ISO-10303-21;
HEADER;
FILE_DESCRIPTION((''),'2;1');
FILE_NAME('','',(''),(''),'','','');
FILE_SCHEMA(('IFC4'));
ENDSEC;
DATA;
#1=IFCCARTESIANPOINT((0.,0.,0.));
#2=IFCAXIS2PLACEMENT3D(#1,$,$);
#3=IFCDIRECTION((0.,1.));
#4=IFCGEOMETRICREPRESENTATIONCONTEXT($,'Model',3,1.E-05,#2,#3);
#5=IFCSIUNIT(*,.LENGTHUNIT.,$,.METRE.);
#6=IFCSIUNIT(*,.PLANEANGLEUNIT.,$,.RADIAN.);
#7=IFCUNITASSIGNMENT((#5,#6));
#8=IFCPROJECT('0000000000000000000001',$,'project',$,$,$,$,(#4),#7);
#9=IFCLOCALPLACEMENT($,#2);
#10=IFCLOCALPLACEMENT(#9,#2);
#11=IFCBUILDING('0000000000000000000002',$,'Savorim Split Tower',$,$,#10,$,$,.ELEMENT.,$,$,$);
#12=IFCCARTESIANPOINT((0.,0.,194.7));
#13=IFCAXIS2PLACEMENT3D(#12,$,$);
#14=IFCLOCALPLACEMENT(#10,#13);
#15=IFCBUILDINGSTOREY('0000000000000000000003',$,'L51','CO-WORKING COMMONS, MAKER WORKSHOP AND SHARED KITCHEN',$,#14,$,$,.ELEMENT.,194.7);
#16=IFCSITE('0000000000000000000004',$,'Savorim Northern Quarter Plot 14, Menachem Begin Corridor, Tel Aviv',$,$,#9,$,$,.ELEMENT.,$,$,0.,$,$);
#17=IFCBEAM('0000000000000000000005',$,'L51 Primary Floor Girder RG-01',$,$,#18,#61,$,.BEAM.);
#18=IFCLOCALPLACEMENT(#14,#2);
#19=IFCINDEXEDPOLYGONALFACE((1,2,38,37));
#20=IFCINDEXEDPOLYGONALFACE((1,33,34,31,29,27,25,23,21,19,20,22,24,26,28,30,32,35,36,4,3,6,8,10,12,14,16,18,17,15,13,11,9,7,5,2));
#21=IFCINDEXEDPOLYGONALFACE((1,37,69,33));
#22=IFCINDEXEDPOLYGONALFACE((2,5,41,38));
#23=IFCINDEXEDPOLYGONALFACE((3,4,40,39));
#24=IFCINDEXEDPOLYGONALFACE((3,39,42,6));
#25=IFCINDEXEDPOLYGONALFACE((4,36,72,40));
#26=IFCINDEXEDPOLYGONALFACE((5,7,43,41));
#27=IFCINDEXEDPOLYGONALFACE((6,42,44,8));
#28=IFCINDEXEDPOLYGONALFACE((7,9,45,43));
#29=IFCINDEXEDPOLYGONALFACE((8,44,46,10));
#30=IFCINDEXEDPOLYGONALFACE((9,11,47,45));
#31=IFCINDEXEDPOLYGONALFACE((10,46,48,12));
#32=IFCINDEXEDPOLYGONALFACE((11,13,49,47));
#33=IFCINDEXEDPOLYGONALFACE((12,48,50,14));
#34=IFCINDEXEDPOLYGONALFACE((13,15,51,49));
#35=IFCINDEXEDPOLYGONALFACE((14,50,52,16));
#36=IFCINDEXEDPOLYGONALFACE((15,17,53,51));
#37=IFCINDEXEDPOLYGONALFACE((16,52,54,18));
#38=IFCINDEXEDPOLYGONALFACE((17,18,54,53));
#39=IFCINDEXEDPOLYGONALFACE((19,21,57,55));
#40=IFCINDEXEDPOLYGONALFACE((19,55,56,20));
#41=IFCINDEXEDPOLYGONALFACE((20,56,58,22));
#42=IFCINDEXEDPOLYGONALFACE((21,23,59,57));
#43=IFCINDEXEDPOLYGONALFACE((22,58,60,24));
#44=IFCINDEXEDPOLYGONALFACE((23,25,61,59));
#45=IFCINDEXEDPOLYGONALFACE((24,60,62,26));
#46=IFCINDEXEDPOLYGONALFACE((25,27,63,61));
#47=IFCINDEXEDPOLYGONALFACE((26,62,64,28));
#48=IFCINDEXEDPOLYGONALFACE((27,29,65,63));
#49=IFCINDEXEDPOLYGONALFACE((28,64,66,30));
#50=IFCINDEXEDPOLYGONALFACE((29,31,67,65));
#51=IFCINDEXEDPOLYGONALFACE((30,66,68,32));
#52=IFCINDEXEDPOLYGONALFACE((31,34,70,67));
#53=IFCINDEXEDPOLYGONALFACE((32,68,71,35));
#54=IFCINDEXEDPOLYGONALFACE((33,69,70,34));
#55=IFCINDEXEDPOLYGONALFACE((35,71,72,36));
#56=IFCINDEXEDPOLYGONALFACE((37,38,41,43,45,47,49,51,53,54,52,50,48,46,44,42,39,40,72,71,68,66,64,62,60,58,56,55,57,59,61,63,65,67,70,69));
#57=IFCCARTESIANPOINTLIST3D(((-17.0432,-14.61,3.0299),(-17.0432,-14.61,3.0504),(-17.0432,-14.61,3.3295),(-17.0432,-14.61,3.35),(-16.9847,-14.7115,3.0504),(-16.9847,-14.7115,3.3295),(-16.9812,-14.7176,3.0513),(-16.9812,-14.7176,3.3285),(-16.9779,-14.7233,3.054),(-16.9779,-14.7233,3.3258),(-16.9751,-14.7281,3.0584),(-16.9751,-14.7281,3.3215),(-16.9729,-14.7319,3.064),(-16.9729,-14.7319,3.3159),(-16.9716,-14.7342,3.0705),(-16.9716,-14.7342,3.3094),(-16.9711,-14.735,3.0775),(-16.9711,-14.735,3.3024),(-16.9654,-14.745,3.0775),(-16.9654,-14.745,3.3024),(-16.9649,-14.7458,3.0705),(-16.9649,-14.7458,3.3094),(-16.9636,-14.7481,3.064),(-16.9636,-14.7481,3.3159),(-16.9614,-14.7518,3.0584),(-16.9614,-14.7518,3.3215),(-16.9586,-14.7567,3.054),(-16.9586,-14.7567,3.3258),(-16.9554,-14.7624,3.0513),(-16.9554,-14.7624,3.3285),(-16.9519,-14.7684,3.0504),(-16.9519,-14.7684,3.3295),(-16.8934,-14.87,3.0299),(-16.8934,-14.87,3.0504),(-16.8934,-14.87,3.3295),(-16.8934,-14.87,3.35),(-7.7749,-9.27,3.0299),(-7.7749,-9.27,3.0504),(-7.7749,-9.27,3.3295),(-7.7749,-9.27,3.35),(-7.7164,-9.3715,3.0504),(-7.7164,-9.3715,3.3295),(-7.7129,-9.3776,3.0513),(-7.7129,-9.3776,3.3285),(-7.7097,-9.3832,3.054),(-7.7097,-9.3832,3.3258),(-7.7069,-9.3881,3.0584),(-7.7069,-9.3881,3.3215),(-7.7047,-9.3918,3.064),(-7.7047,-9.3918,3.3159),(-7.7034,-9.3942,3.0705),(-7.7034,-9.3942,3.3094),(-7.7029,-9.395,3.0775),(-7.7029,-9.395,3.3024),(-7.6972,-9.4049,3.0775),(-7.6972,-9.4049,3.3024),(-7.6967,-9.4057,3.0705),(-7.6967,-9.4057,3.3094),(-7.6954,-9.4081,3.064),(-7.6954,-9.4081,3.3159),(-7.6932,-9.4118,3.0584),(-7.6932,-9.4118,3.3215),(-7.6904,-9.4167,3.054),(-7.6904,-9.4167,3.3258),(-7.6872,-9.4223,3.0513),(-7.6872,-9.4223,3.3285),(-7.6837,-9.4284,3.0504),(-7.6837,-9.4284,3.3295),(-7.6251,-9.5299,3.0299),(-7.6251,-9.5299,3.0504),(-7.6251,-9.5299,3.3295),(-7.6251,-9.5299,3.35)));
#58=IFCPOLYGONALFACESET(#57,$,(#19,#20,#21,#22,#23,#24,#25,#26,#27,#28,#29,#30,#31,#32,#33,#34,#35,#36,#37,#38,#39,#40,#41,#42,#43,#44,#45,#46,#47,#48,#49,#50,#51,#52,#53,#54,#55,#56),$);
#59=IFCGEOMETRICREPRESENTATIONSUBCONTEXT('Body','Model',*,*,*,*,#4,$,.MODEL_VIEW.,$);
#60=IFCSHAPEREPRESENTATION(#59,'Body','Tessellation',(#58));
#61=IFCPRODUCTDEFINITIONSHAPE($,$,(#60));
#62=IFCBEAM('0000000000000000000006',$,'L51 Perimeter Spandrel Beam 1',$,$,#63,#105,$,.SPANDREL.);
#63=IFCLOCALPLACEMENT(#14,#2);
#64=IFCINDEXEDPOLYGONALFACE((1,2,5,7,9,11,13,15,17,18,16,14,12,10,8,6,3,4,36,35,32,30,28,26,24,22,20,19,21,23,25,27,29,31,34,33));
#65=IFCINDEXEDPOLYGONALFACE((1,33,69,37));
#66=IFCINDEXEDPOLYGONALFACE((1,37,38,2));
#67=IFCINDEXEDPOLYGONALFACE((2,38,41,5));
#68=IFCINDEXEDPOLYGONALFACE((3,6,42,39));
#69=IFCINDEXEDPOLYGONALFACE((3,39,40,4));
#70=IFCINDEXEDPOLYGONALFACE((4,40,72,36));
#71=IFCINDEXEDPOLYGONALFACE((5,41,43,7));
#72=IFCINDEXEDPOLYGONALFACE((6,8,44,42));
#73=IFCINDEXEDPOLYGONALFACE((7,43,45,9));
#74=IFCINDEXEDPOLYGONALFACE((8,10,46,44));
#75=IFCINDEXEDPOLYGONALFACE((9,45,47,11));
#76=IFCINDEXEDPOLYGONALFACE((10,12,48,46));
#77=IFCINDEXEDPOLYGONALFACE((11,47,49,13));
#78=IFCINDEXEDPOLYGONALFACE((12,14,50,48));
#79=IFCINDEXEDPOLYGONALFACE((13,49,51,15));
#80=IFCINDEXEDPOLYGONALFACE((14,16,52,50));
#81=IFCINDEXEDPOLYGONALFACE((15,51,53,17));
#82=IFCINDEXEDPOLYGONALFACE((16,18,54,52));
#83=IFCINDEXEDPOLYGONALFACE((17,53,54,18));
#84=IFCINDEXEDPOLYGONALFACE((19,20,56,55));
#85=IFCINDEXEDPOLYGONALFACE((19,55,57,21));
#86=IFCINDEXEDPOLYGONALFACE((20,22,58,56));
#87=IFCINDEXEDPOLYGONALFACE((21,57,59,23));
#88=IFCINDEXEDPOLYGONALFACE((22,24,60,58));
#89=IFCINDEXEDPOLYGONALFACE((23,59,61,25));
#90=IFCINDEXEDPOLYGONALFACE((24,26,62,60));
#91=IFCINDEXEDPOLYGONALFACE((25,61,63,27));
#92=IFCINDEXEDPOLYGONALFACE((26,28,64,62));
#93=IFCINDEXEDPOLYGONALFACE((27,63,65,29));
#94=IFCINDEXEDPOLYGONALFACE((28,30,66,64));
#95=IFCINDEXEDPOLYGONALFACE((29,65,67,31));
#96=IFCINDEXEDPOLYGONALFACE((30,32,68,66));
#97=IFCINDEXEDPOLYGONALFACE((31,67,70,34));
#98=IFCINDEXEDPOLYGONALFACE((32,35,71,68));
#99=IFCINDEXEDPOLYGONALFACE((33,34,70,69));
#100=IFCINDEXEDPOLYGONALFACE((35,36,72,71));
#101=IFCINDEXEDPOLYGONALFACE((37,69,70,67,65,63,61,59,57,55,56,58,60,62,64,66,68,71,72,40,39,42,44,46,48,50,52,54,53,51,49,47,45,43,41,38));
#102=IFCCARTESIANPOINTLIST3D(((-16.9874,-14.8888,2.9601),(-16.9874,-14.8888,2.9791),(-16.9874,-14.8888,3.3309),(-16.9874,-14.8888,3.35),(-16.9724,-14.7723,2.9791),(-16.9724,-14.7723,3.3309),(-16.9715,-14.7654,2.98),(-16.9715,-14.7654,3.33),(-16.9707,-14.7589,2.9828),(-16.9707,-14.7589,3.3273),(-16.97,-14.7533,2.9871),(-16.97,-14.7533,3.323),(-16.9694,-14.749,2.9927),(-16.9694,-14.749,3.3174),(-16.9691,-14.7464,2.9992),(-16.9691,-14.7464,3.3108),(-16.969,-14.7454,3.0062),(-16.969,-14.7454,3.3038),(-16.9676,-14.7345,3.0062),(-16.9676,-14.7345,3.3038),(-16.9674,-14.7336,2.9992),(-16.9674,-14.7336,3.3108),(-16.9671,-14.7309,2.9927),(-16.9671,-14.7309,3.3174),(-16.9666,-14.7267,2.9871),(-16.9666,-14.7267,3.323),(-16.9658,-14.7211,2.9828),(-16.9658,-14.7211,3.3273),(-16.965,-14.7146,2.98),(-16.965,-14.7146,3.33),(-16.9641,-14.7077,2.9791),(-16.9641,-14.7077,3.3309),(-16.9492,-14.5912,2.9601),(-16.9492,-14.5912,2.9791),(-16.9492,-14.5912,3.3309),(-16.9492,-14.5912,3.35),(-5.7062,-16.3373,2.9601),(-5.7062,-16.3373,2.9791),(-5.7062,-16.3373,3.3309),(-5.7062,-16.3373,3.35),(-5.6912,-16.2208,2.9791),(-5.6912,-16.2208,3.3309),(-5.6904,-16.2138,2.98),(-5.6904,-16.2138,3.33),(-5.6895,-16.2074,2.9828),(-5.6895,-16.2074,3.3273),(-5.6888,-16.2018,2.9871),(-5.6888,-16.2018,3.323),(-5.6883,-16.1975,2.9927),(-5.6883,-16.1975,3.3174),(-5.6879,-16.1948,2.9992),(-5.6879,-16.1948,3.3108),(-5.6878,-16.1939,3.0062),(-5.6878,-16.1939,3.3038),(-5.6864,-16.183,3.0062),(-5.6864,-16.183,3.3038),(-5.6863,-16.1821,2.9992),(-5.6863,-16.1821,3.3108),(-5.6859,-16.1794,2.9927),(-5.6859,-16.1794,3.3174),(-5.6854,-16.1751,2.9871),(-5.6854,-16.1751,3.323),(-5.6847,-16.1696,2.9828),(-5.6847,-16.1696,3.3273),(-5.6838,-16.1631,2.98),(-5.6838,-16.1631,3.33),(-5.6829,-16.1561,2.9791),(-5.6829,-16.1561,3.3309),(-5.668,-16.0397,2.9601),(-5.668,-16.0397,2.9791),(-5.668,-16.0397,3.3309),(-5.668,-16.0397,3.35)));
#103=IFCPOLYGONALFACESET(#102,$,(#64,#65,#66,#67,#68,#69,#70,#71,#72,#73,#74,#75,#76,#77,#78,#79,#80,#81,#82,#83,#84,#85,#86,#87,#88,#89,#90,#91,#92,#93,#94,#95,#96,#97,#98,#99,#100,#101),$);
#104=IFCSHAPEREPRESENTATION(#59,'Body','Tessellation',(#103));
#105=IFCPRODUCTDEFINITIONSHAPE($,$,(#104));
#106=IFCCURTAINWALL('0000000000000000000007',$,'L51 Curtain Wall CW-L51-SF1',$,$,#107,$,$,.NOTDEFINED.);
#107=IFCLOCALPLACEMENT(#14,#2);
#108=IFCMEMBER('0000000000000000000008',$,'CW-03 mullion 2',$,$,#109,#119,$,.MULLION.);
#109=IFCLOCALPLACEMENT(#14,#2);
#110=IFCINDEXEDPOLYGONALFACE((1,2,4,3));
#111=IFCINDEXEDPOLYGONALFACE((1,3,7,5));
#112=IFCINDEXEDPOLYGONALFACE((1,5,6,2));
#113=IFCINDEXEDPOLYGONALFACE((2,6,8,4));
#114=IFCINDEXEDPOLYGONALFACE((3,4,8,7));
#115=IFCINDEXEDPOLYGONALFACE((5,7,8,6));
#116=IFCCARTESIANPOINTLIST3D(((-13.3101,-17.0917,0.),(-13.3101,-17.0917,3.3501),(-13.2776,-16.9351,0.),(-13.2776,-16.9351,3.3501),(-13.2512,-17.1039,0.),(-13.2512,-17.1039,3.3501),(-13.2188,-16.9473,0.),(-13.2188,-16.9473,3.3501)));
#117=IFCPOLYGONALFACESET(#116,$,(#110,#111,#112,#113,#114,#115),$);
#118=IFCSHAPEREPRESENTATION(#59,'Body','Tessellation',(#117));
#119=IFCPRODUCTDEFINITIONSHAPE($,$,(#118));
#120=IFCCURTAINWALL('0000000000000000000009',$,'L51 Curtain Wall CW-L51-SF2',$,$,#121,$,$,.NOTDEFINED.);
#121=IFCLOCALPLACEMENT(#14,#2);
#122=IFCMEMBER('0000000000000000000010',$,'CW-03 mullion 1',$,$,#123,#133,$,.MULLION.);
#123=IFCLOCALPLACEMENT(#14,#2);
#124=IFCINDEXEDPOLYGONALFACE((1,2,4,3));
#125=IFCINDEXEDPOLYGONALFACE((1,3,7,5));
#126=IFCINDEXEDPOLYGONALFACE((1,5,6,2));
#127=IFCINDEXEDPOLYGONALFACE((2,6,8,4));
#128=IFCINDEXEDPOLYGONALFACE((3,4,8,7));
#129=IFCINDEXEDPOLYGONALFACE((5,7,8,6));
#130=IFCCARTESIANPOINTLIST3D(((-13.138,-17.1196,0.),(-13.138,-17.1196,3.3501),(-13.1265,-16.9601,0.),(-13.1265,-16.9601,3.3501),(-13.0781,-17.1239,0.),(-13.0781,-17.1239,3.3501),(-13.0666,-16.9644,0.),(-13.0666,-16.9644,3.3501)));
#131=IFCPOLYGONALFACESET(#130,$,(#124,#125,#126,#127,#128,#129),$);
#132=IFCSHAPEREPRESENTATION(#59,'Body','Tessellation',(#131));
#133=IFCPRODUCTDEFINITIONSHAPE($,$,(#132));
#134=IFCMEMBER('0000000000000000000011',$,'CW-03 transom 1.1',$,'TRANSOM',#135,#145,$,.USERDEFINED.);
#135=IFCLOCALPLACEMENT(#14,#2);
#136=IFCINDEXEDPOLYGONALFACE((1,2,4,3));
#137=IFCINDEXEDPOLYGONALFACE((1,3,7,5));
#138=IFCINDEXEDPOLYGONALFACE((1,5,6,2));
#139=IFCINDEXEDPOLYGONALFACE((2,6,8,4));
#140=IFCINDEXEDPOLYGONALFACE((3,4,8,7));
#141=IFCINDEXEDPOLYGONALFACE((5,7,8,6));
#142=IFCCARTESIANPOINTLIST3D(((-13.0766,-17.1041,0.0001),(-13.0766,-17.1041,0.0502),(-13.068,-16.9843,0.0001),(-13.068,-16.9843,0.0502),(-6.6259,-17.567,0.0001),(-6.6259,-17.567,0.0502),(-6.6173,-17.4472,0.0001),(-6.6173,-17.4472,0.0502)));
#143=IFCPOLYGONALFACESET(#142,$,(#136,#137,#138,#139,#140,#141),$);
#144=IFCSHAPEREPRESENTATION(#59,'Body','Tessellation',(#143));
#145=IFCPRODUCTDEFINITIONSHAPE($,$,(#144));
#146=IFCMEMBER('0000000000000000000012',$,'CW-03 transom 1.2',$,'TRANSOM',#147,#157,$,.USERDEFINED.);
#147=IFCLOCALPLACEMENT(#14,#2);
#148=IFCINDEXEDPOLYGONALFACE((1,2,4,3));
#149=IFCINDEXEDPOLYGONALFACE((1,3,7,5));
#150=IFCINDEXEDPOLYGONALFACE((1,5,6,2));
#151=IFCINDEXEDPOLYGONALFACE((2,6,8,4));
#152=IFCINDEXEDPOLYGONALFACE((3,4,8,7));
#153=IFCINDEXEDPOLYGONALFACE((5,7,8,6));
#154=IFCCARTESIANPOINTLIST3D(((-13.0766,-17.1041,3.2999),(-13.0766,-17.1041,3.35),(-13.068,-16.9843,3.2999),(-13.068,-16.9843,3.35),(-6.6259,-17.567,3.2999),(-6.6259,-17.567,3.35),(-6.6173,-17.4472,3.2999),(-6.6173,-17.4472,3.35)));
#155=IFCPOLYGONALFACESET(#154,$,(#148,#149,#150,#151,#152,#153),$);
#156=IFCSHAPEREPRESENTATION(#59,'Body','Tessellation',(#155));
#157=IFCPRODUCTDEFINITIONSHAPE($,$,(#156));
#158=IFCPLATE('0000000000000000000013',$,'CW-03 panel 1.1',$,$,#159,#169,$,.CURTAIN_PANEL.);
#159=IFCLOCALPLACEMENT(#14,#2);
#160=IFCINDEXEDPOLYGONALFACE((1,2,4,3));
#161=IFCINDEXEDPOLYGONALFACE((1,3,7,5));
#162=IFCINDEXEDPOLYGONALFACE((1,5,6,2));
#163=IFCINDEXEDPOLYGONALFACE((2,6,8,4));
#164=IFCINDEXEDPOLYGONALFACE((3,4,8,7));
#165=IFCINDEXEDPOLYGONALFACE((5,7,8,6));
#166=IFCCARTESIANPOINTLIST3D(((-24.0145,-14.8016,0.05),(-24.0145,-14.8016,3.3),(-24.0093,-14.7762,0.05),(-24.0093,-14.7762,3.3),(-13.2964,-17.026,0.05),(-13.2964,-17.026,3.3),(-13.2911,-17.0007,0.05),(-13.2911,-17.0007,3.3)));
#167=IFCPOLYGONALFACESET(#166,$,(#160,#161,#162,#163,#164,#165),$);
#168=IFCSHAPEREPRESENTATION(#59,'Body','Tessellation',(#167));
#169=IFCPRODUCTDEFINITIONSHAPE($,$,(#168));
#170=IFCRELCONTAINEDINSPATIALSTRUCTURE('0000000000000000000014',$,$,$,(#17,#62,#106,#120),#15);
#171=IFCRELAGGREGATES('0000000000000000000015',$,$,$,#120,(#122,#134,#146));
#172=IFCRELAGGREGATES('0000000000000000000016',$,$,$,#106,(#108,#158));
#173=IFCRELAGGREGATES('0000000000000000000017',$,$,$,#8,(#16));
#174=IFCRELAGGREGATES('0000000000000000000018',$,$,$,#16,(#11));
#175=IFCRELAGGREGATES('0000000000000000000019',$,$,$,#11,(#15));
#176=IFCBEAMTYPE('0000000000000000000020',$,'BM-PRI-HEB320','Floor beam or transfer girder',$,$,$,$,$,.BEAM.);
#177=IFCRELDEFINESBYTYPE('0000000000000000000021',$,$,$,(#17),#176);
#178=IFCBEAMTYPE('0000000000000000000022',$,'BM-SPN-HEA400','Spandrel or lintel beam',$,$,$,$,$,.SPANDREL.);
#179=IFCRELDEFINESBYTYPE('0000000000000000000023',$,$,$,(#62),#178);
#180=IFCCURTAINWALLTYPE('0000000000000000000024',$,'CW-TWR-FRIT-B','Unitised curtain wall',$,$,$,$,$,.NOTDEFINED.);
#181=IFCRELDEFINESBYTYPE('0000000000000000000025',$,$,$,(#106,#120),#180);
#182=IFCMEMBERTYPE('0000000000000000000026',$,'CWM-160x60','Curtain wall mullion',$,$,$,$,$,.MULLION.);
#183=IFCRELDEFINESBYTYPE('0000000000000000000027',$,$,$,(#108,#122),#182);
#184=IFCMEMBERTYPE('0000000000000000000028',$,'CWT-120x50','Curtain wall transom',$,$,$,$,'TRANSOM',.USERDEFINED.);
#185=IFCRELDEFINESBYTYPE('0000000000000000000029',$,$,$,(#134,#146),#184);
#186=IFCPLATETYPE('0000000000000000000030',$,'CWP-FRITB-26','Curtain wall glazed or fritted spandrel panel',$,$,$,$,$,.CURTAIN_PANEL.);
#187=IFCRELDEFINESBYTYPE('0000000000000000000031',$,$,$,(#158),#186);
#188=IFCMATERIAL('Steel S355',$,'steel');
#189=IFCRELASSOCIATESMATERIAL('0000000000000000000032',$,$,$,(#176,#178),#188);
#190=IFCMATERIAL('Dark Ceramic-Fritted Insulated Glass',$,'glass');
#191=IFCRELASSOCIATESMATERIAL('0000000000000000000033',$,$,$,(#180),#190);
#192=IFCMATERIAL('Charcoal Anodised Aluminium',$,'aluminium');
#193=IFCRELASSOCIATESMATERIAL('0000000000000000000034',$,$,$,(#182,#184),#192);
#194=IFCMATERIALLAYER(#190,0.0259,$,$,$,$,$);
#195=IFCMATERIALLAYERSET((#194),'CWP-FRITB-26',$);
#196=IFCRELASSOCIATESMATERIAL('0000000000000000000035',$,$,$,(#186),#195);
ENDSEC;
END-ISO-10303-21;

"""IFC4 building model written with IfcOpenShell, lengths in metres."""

from ifc_helpers import new_model, si_unit, direction, frame, origin, origin_2d, place, context, subcontext, project, spatial, rectangle, i_section, extrude, material, layer, layer_set, material_profile, profile_set, type_object, element, aggregate, save


model = new_model("IFC4")

# Units and contexts
model_context = context("Model", 3, precision=1e-05, world=origin(), true_north=direction((0.0, 1.0)))
body_context = subcontext(model_context, "Body", "Model", "MODEL_VIEW")
ifc_project = project(units=[si_unit("LENGTHUNIT", "METRE"), si_unit("PLANEANGLEUNIT", "RADIAN")], contexts=[model_context])

# Site, building, storey
site_placement = place(None, origin())
site = spatial("IfcSite", under=ifc_project, at=site_placement, Name="Savorim Northern Quarter Plot 14, Menachem Begin Corridor, Tel Aviv", CompositionType="ELEMENT", RefElevation=0.0)
building_placement = place(site_placement, origin())
building = spatial("IfcBuilding", under=site, at=building_placement, Name="Savorim Split Tower", CompositionType="ELEMENT")
storey_placement = place(building_placement, frame((0.0, 0.0, 194.7)))
storey = spatial("IfcBuildingStorey", under=building, at=storey_placement, Name="L51", Description="CO-WORKING COMMONS, MAKER WORKSHOP AND SHARED KITCHEN", CompositionType="ELEMENT", Elevation=194.7)

# Shared definitions
ifc_material_1 = material(Name="Steel S355", Category="steel")

# Beams
ifc_material_profile_1 = material_profile(ifc_material_1, i_section(OverallWidth=0.3, OverallDepth=0.3201, WebThickness=0.0115, FlangeThickness=0.0205, FilletRadius=0.0271, at=origin_2d()), Name="HEB 320")
ifc_profile_set_1 = profile_set([ifc_material_profile_1], Name="Steel S355")
beam_type_1 = type_object("IfcBeamType", Name="BM-PRI-HEB320", Description="Floor beam or transfer girder", PredefinedType="BEAM", material=ifc_profile_set_1)
beam_1_placement = place(storey_placement, frame((-16.9683, -14.74, 3.1899), z_axis=(0.866469, 0.49923, 0.0), x_axis=(-0.49923, 0.866469, 0.0)))
element("IfcBeam", 1, at=beam_1_placement, inside=storey, type_object=beam_type_1, Name="L51 Primary Floor Girder RG-01", PredefinedType="BEAM", context=body_context, shape_type="SweptSolid", body=[
    extrude(i_section(OverallWidth=0.3, OverallDepth=0.3201, WebThickness=0.0115, FlangeThickness=0.0205, FilletRadius=0.0271, at=origin_2d()), origin(), (0.0, 0.0, 1.0), 10.6965),
])
ifc_material_profile_2 = material_profile(ifc_material_1, i_section(OverallWidth=0.3, OverallDepth=0.3899, WebThickness=0.011, FlangeThickness=0.019, FilletRadius=0.0271, at=origin_2d()), Name="HEA 400")
ifc_profile_set_2 = profile_set([ifc_material_profile_2], Name="Steel S355")
beam_type_2 = type_object("IfcBeamType", Name="BM-SPN-HEA400", Description="Spandrel or lintel beam", PredefinedType="SPANDREL", material=ifc_profile_set_2)
beam_2_placement = place(storey_placement, frame((-16.9683, -14.74, 3.155), z_axis=(0.991858, -0.127352, 0.0), x_axis=(0.127352, 0.991858, 0.0)))
element("IfcBeam", 2, at=beam_2_placement, inside=storey, type_object=beam_type_2, Name="L51 Perimeter Spandrel Beam 1", PredefinedType="SPANDREL", context=body_context, shape_type="SweptSolid", body=[
    extrude(i_section(OverallWidth=0.3, OverallDepth=0.3899, WebThickness=0.011, FlangeThickness=0.019, FilletRadius=0.0271, at=origin_2d()), origin(), (0.0, 0.0, 1.0), 11.3738),
])

# Curtain wall, member
ifc_material_2 = material(Name="Dark Ceramic-Fritted Insulated Glass", Category="glass")
curtain_wall_type = type_object("IfcCurtainWallType", Name="CW-TWR-FRIT-B", Description="Unitised curtain wall", PredefinedType="NOTDEFINED", material=ifc_material_2)
curtain_wall_1_placement = place(storey_placement, origin())
curtain_wall_1 = element("IfcCurtainWall", 3, at=curtain_wall_1_placement, inside=storey, type_object=curtain_wall_type, Name="L51 Curtain Wall CW-L51-SF1", PredefinedType="NOTDEFINED")
ifc_material_3 = material(Name="Charcoal Anodised Aluminium", Category="aluminium")
ifc_material_profile_3 = material_profile(ifc_material_3, rectangle(XDim=0.1599, YDim=0.0601, at=origin_2d()), Name="ALU-M 160x60")
ifc_profile_set_3 = profile_set([ifc_material_profile_3], Name="Charcoal Anodised Aluminium")
member_type_1 = type_object("IfcMemberType", Name="CWM-160x60", Description="Curtain wall mullion", PredefinedType="MULLION", material=ifc_profile_set_3)
member_1_placement = place(storey_placement, frame((-13.2644, -17.0195, 0.0), z_axis=(0.0, 0.0, 1.0), x_axis=(0.203208, 0.979136, 0.0)))
member_1 = element("IfcMember", 4, at=member_1_placement, type_object=member_type_1, Name="CW-03 mullion 2", PredefinedType="MULLION", context=body_context, shape_type="SweptSolid", body=[
    extrude(rectangle(XDim=0.1599, YDim=0.0601, at=origin_2d()), origin(), (0.0, 0.0, 1.0), 3.3501),
])

# Curtain wall, members
curtain_wall_2_placement = place(storey_placement, origin())
curtain_wall_2 = element("IfcCurtainWall", 5, at=curtain_wall_2_placement, inside=storey, type_object=curtain_wall_type, Name="L51 Curtain Wall CW-L51-SF2", PredefinedType="NOTDEFINED")
member_2_placement = place(storey_placement, frame((-13.1023, -17.042, 0.0), z_axis=(0.0, 0.0, 1.0), x_axis=(0.071562, 0.997436, 0.0)))
member_2 = element("IfcMember", 6, at=member_2_placement, type_object=member_type_1, Name="CW-03 mullion 1", PredefinedType="MULLION", context=body_context, shape_type="SweptSolid", body=[
    extrude(rectangle(XDim=0.1599, YDim=0.0601, at=origin_2d()), origin(), (0.0, 0.0, 1.0), 3.3501),
])
ifc_material_profile_4 = material_profile(ifc_material_3, rectangle(XDim=0.1201, YDim=0.05, at=origin_2d()), Name="ALU-T 120x50")
ifc_profile_set_4 = profile_set([ifc_material_profile_4], Name="Charcoal Anodised Aluminium")
member_type_2 = type_object("IfcMemberType", Name="CWT-120x50", Description="Curtain wall transom", ElementType="TRANSOM", PredefinedType="USERDEFINED", material=ifc_profile_set_4)
member_3_placement = place(storey_placement, frame((-13.0723, -17.0442, 0.0251), z_axis=(0.997435, -0.071574, 0.0), x_axis=(0.071574, 0.997435, 0.0)))
member_3 = element("IfcMember", 7, at=member_3_placement, type_object=member_type_2, Name="CW-03 transom 1.1", ObjectType="TRANSOM", PredefinedType="USERDEFINED", context=body_context, shape_type="SweptSolid", body=[
    extrude(rectangle(XDim=0.1201, YDim=0.05, at=origin_2d()), origin(), (0.0, 0.0, 1.0), 6.4673),
])
member_4_placement = place(storey_placement, frame((-13.0723, -17.0442, 3.325), z_axis=(0.997435, -0.071574, 0.0), x_axis=(0.071574, 0.997435, 0.0)))
member_4 = element("IfcMember", 8, at=member_4_placement, type_object=member_type_2, Name="CW-03 transom 1.2", ObjectType="TRANSOM", PredefinedType="USERDEFINED", context=body_context, shape_type="SweptSolid", body=[
    extrude(rectangle(XDim=0.1201, YDim=0.05, at=origin_2d()), origin(), (0.0, 0.0, 1.0), 6.4673),
])
aggregate(curtain_wall_2, [member_2, member_3, member_4])

# Plate
ifc_layer_1 = layer(ifc_material_2, 0.0259)
ifc_layer_set_1 = layer_set([ifc_layer_1], Name="CWP-FRITB-26")
plate_type = type_object("IfcPlateType", Name="CWP-FRITB-26", Description="Curtain wall glazed or fritted spandrel panel", PredefinedType="CURTAIN_PANEL", material=ifc_layer_set_1)
plate_placement = place(storey_placement, frame((-18.6528, -15.9011, 0.05), z_axis=(0.0, 0.0, 1.0), x_axis=(0.979136, -0.203208, 0.0)))
plate = element("IfcPlate", 9, at=plate_placement, type_object=plate_type, Name="CW-03 panel 1.1", PredefinedType="CURTAIN_PANEL", context=body_context, shape_type="SweptSolid", body=[
    extrude(rectangle(XDim=10.9465, YDim=0.0259, at=origin_2d()), origin(), (0.0, 0.0, 1.0), 3.25),
])
aggregate(curtain_wall_1, [member_1, plate])

save(model, "model.ifc")
